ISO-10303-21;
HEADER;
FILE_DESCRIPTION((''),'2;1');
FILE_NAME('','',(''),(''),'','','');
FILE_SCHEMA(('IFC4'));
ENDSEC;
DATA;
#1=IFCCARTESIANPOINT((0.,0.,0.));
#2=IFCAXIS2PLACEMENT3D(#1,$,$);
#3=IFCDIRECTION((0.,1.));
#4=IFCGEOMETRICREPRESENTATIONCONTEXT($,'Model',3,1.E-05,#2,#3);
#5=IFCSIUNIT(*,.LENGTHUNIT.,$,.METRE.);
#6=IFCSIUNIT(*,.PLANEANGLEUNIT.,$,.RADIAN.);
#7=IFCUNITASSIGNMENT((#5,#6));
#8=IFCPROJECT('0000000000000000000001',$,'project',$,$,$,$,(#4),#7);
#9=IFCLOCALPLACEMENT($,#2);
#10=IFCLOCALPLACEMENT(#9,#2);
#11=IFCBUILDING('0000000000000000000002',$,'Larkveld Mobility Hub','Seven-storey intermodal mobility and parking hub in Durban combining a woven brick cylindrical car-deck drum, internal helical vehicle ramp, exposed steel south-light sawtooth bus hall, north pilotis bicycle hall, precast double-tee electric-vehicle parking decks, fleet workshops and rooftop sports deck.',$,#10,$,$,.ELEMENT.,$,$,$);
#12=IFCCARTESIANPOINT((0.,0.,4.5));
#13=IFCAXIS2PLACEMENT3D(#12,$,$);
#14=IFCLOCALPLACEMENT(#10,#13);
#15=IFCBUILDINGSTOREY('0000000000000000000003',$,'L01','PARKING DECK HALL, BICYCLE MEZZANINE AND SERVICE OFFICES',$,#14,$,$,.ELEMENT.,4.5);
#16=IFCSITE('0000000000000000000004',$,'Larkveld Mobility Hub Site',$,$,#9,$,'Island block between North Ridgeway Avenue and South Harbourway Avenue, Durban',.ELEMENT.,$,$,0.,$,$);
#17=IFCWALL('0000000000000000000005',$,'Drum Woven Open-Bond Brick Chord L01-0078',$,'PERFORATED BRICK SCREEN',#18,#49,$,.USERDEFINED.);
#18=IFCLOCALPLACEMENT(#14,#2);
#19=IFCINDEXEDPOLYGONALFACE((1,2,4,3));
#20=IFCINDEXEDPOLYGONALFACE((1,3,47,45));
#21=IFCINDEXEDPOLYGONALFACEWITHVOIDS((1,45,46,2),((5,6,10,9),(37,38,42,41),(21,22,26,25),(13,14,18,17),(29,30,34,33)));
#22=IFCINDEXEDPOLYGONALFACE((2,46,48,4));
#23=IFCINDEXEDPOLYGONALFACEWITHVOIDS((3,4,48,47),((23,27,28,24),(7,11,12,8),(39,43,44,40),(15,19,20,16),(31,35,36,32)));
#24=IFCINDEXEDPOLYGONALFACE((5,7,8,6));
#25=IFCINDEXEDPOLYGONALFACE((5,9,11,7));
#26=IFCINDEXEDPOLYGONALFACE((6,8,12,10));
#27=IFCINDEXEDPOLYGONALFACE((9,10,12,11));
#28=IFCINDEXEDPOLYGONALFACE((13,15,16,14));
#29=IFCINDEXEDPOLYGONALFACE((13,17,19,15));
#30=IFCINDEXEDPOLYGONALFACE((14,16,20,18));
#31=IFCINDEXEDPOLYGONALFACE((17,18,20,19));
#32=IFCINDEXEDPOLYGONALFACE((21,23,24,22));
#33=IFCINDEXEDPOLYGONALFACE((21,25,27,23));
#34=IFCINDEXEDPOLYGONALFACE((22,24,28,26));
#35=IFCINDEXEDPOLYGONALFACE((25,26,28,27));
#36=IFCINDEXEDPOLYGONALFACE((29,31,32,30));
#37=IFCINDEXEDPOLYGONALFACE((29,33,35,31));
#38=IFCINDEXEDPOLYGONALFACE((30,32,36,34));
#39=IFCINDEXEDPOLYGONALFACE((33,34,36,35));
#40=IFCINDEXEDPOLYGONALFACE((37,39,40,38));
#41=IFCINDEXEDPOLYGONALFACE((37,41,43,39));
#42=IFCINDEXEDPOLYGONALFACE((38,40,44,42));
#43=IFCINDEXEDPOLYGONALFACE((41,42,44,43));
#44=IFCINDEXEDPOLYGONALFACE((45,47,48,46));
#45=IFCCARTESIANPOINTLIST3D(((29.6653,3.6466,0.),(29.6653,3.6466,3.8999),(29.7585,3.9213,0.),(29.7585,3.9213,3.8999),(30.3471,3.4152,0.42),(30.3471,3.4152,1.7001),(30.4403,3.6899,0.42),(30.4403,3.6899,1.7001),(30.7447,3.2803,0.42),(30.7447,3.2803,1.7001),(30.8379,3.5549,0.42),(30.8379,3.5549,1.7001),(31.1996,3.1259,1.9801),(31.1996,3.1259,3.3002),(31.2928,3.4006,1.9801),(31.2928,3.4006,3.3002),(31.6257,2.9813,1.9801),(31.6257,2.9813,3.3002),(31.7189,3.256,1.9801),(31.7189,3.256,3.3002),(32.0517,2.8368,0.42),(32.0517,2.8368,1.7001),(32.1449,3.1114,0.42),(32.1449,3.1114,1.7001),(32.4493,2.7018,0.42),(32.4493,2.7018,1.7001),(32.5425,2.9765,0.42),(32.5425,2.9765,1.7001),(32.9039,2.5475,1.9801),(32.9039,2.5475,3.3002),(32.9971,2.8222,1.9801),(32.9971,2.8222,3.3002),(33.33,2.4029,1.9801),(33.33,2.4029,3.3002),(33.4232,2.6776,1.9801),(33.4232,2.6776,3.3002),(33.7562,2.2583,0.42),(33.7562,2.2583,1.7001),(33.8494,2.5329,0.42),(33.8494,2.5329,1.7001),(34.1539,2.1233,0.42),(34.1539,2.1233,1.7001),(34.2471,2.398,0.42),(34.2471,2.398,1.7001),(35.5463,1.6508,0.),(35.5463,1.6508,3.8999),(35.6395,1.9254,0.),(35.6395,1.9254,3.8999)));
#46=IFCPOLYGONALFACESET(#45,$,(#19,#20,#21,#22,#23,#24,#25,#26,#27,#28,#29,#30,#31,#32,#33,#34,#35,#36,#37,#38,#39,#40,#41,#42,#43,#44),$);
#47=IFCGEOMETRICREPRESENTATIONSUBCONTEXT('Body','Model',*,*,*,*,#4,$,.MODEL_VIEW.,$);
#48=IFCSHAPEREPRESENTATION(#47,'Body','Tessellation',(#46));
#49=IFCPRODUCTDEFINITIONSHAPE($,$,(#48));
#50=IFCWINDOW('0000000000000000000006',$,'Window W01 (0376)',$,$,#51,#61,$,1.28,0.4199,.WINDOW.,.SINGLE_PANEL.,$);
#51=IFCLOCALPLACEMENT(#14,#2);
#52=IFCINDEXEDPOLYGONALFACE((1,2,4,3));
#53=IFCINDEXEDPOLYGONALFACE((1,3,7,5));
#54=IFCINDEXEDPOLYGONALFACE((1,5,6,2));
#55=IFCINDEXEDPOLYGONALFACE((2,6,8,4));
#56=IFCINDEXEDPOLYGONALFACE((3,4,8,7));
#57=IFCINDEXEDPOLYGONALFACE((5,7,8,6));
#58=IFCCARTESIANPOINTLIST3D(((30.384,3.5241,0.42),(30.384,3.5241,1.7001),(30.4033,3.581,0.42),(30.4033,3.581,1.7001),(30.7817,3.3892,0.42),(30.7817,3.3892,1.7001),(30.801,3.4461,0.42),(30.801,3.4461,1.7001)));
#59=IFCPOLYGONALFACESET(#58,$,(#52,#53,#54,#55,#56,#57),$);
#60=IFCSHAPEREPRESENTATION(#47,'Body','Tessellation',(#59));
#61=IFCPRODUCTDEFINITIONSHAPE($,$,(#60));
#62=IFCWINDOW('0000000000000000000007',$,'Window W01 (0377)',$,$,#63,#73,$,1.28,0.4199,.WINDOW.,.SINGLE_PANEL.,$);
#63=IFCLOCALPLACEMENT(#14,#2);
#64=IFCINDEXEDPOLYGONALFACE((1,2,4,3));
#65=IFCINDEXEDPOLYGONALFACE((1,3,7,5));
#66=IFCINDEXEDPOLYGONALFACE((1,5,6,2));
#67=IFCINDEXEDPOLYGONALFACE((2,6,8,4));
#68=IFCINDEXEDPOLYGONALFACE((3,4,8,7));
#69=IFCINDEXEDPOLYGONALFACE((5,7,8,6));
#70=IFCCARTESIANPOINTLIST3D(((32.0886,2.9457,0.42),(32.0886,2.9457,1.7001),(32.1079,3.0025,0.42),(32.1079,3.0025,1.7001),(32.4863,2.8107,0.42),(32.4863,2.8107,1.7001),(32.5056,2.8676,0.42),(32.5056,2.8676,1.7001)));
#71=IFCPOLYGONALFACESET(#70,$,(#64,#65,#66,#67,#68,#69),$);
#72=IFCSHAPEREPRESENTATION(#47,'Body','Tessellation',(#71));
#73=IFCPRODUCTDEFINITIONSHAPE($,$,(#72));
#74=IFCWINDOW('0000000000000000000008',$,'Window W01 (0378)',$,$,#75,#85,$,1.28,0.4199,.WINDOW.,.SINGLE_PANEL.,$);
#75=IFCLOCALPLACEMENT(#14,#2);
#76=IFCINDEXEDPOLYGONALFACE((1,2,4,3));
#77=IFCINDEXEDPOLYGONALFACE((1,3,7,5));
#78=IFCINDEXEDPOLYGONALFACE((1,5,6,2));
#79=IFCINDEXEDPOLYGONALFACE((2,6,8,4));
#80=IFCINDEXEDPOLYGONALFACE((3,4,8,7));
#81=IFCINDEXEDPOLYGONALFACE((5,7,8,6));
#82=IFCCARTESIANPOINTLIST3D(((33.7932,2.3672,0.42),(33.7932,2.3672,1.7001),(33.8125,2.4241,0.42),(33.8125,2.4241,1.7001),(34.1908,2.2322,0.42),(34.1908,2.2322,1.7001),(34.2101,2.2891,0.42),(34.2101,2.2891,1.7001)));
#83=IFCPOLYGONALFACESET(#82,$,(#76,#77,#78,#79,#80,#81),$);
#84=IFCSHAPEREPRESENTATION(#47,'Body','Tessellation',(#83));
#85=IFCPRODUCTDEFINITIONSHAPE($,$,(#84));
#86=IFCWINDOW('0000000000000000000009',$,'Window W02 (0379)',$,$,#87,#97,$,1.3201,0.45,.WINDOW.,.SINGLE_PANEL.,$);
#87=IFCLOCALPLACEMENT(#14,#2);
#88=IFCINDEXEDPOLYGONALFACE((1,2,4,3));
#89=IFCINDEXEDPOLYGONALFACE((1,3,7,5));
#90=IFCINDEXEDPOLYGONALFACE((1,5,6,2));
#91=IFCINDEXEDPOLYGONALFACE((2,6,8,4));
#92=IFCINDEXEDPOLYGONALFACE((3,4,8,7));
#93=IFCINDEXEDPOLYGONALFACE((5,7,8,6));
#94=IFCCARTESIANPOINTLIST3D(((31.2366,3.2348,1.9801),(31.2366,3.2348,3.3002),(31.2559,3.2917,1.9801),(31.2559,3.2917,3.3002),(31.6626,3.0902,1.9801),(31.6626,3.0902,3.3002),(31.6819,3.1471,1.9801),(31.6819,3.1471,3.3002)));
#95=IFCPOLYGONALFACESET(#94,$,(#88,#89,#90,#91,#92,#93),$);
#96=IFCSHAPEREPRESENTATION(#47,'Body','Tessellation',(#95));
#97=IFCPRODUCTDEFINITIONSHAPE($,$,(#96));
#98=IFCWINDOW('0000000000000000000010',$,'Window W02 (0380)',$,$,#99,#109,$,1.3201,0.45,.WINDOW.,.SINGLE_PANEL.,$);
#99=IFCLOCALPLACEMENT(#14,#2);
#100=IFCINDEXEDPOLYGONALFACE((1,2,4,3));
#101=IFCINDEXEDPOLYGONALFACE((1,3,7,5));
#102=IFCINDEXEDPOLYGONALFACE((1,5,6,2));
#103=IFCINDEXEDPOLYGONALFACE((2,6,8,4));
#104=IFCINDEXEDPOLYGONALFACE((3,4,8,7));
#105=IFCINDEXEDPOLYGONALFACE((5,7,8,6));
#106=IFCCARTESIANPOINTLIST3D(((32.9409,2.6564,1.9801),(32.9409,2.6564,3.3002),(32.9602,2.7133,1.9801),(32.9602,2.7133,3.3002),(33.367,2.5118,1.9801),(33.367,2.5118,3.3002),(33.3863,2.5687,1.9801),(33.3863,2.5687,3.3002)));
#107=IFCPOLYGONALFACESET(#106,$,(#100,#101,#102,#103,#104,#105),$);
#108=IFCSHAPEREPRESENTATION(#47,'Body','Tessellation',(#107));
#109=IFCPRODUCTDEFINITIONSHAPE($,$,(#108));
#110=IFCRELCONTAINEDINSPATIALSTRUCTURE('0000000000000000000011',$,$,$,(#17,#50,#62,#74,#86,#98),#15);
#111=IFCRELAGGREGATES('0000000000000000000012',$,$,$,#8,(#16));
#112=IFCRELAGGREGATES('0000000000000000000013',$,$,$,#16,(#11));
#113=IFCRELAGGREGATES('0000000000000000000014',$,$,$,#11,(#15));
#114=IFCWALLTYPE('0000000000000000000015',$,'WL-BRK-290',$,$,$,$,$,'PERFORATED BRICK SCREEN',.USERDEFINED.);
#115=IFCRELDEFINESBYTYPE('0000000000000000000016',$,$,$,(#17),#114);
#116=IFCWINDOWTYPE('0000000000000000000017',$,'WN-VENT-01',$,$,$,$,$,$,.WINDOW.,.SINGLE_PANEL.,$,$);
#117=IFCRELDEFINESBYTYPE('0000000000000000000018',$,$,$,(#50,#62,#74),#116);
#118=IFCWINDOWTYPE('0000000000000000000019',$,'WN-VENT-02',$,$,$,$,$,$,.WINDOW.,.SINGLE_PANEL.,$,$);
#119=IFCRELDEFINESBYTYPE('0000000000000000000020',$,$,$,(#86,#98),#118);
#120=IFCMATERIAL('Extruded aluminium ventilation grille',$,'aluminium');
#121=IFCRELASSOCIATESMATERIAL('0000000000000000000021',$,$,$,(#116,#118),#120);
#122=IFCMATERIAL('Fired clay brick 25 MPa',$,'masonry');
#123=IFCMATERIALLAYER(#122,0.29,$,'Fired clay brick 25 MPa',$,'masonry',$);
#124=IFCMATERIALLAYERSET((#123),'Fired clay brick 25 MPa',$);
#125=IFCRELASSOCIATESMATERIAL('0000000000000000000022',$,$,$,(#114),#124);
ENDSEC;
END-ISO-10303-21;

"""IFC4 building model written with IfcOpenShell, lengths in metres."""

from ifc_helpers import new_model, si_unit, direction, frame, frame_2d, origin, place, context, subcontext, project, spatial, rectangle, extrude, material, layer, layer_set, type_object, element, fill, save


model = new_model("IFC4")

# Units and contexts
model_context = context("Model", 3, precision=1e-05, world=origin(), true_north=direction((0.0, 1.0)))
body_context = subcontext(model_context, "Body", "Model", "MODEL_VIEW")
ifc_project = project(units=[si_unit("LENGTHUNIT", "METRE"), si_unit("PLANEANGLEUNIT", "RADIAN")], contexts=[model_context])

# Site, building, storey
site_placement = place(None, origin())
site = spatial("IfcSite", under=ifc_project, at=site_placement, Name="Larkveld Mobility Hub Site", LongName="Island block between North Ridgeway Avenue and South Harbourway Avenue, Durban", CompositionType="ELEMENT", RefElevation=0.0)
building_placement = place(site_placement, origin())
building = spatial("IfcBuilding", under=site, at=building_placement, Name="Larkveld Mobility Hub", Description="Seven-storey intermodal mobility and parking hub in Durban combining a woven brick cylindrical car-deck drum, internal helical vehicle ramp, exposed steel south-light sawtooth bus hall, north pilotis bicycle hall, precast double-tee electric-vehicle parking decks, fleet workshops and rooftop sports deck.", CompositionType="ELEMENT")
storey_placement = place(building_placement, frame((0.0, 0.0, 4.5)))
storey = spatial("IfcBuildingStorey", under=building, at=storey_placement, Name="L01", Description="PARKING DECK HALL, BICYCLE MEZZANINE AND SERVICE OFFICES", CompositionType="ELEMENT", Elevation=4.5)

# Wall, openings, windows
ifc_material_1 = material(Name="Fired clay brick 25 MPa", Category="masonry")
ifc_material_2 = material(Name="Extruded aluminium ventilation grille", Category="aluminium")
window_type_1 = type_object("IfcWindowType", Name="WN-VENT-01", PartitioningType="SINGLE_PANEL", PredefinedType="WINDOW", material=ifc_material_2)
ifc_layer_1 = layer(ifc_material_1, 0.29, Name="Fired clay brick 25 MPa", Category="masonry")
ifc_layer_set_1 = layer_set([ifc_layer_1], Name="Fired clay brick 25 MPa")
wall_type_1 = type_object("IfcWallType", Name="WL-BRK-290", ElementType="PERFORATED BRICK SCREEN", PredefinedType="USERDEFINED", material=ifc_layer_set_1)
wall_1_placement = place(storey_placement, frame((29.7119, 3.7839, 0.0), z_axis=(0.0, 0.0, 1.0), x_axis=(0.946955, -0.321365, 0.0)))
wall_1 = element("IfcWall", 1, at=wall_1_placement, inside=storey, type_object=wall_type_1, Name="Drum Woven Open-Bond Brick Chord L01-0078", ObjectType="PERFORATED BRICK SCREEN", PredefinedType="USERDEFINED", context=body_context, shape_type="SweptSolid", body=[
    extrude(rectangle(XDim=6.2104, YDim=0.29, at=frame_2d((3.1052, 0.0))), origin(), (0.0, 0.0, 1.0), 3.8999),
])
opening_1_placement = place(wall_1_placement, frame((0.72, 0.0, 0.4199)))
opening_1 = element("IfcOpeningElement", 2, at=opening_1_placement, cuts=wall_1, PredefinedType="OPENING", context=body_context, shape_type="SweptSolid", body=[
    extrude(rectangle(XDim=0.4199, YDim=1.28, at=frame_2d((0.21, 0.6401))), frame((0.0, 0.155, 0.0), z_axis=(0.0, -1.0, 0.0), x_axis=(1.0, 0.0, 0.0)), (0.0, 0.0, 1.0), 0.3101),
])
opening_2_placement = place(wall_1_placement, frame((2.52, 0.0, 0.4199)))
opening_2 = element("IfcOpeningElement", 3, at=opening_2_placement, cuts=wall_1, PredefinedType="OPENING", context=body_context, shape_type="SweptSolid", body=[
    extrude(rectangle(XDim=0.4199, YDim=1.28, at=frame_2d((0.21, 0.6401))), frame((0.0, 0.155, 0.0), z_axis=(0.0, -1.0, 0.0), x_axis=(1.0, 0.0, 0.0)), (0.0, 0.0, 1.0), 0.3101),
])
opening_3_placement = place(wall_1_placement, frame((4.3201, 0.0, 0.4199)))
opening_3 = element("IfcOpeningElement", 4, at=opening_3_placement, cuts=wall_1, PredefinedType="OPENING", context=body_context, shape_type="SweptSolid", body=[
    extrude(rectangle(XDim=0.4199, YDim=1.28, at=frame_2d((0.21, 0.6401))), frame((0.0, 0.155, 0.0), z_axis=(0.0, -1.0, 0.0), x_axis=(1.0, 0.0, 0.0)), (0.0, 0.0, 1.0), 0.3101),
])
opening_4_placement = place(wall_1_placement, frame((1.6201, 0.0, 1.98)))
opening_4 = element("IfcOpeningElement", 5, at=opening_4_placement, cuts=wall_1, PredefinedType="OPENING", context=body_context, shape_type="SweptSolid", body=[
    extrude(rectangle(XDim=0.45, YDim=1.3201, at=frame_2d((0.2251, 0.6602))), frame((0.0, 0.155, 0.0), z_axis=(0.0, -1.0, 0.0), x_axis=(1.0, 0.0, 0.0)), (0.0, 0.0, 1.0), 0.3101),
])
opening_5_placement = place(wall_1_placement, frame((3.4199, 0.0, 1.98)))
opening_5 = element("IfcOpeningElement", 6, at=opening_5_placement, cuts=wall_1, PredefinedType="OPENING", context=body_context, shape_type="SweptSolid", body=[
    extrude(rectangle(XDim=0.45, YDim=1.3201, at=frame_2d((0.2251, 0.6602))), frame((0.0, 0.155, 0.0), z_axis=(0.0, -1.0, 0.0), x_axis=(1.0, 0.0, 0.0)), (0.0, 0.0, 1.0), 0.3101),
])
window_1_placement = place(opening_1_placement, origin())
window_1 = element("IfcWindow", 7, at=window_1_placement, inside=storey, type_object=window_type_1, Name="Window W01 (0376)", OverallHeight=1.28, OverallWidth=0.4199, PartitioningType="SINGLE_PANEL", PredefinedType="WINDOW", context=body_context, shape_type="SweptSolid", body=[
    extrude(rectangle(XDim=0.4199, YDim=1.28, at=frame_2d((0.21, 0.6401))), frame((0.0, 0.03, 0.0), z_axis=(0.0, -1.0, 0.0), x_axis=(1.0, 0.0, 0.0)), (0.0, 0.0, 1.0), 0.0601),
])
fill(opening_1, window_1)
window_2_placement = place(opening_2_placement, origin())
window_2 = element("IfcWindow", 8, at=window_2_placement, inside=storey, type_object=window_type_1, Name="Window W01 (0377)", OverallHeight=1.28, OverallWidth=0.4199, PartitioningType="SINGLE_PANEL", PredefinedType="WINDOW", context=body_context, shape_type="SweptSolid", body=[
    extrude(rectangle(XDim=0.4199, YDim=1.28, at=frame_2d((0.21, 0.6401))), frame((0.0, 0.03, 0.0), z_axis=(0.0, -1.0, 0.0), x_axis=(1.0, 0.0, 0.0)), (0.0, 0.0, 1.0), 0.0601),
])
fill(opening_2, window_2)
window_3_placement = place(opening_3_placement, origin())
window_3 = element("IfcWindow", 9, at=window_3_placement, inside=storey, type_object=window_type_1, Name="Window W01 (0378)", OverallHeight=1.28, OverallWidth=0.4199, PartitioningType="SINGLE_PANEL", PredefinedType="WINDOW", context=body_context, shape_type="SweptSolid", body=[
    extrude(rectangle(XDim=0.4199, YDim=1.28, at=frame_2d((0.21, 0.6401))), frame((0.0, 0.03, 0.0), z_axis=(0.0, -1.0, 0.0), x_axis=(1.0, 0.0, 0.0)), (0.0, 0.0, 1.0), 0.0601),
])
fill(opening_3, window_3)
window_type_2 = type_object("IfcWindowType", Name="WN-VENT-02", PartitioningType="SINGLE_PANEL", PredefinedType="WINDOW", material=ifc_material_2)
window_4_placement = place(opening_4_placement, origin())
window_4 = element("IfcWindow", 10, at=window_4_placement, inside=storey, type_object=window_type_2, Name="Window W02 (0379)", OverallHeight=1.3201, OverallWidth=0.45, PartitioningType="SINGLE_PANEL", PredefinedType="WINDOW", context=body_context, shape_type="SweptSolid", body=[
    extrude(rectangle(XDim=0.45, YDim=1.3201, at=frame_2d((0.2251, 0.6602))), frame((0.0, 0.03, 0.0), z_axis=(0.0, -1.0, 0.0), x_axis=(1.0, 0.0, 0.0)), (0.0, 0.0, 1.0), 0.0601),
])
fill(opening_4, window_4)
window_5_placement = place(opening_5_placement, origin())
window_5 = element("IfcWindow", 11, at=window_5_placement, inside=storey, type_object=window_type_2, Name="Window W02 (0380)", OverallHeight=1.3201, OverallWidth=0.45, PartitioningType="SINGLE_PANEL", PredefinedType="WINDOW", context=body_context, shape_type="SweptSolid", body=[
    extrude(rectangle(XDim=0.45, YDim=1.3201, at=frame_2d((0.2251, 0.6602))), frame((0.0, 0.03, 0.0), z_axis=(0.0, -1.0, 0.0), x_axis=(1.0, 0.0, 0.0)), (0.0, 0.0, 1.0), 0.0601),
])
fill(opening_5, window_5)

save(model, "model.ifc")
